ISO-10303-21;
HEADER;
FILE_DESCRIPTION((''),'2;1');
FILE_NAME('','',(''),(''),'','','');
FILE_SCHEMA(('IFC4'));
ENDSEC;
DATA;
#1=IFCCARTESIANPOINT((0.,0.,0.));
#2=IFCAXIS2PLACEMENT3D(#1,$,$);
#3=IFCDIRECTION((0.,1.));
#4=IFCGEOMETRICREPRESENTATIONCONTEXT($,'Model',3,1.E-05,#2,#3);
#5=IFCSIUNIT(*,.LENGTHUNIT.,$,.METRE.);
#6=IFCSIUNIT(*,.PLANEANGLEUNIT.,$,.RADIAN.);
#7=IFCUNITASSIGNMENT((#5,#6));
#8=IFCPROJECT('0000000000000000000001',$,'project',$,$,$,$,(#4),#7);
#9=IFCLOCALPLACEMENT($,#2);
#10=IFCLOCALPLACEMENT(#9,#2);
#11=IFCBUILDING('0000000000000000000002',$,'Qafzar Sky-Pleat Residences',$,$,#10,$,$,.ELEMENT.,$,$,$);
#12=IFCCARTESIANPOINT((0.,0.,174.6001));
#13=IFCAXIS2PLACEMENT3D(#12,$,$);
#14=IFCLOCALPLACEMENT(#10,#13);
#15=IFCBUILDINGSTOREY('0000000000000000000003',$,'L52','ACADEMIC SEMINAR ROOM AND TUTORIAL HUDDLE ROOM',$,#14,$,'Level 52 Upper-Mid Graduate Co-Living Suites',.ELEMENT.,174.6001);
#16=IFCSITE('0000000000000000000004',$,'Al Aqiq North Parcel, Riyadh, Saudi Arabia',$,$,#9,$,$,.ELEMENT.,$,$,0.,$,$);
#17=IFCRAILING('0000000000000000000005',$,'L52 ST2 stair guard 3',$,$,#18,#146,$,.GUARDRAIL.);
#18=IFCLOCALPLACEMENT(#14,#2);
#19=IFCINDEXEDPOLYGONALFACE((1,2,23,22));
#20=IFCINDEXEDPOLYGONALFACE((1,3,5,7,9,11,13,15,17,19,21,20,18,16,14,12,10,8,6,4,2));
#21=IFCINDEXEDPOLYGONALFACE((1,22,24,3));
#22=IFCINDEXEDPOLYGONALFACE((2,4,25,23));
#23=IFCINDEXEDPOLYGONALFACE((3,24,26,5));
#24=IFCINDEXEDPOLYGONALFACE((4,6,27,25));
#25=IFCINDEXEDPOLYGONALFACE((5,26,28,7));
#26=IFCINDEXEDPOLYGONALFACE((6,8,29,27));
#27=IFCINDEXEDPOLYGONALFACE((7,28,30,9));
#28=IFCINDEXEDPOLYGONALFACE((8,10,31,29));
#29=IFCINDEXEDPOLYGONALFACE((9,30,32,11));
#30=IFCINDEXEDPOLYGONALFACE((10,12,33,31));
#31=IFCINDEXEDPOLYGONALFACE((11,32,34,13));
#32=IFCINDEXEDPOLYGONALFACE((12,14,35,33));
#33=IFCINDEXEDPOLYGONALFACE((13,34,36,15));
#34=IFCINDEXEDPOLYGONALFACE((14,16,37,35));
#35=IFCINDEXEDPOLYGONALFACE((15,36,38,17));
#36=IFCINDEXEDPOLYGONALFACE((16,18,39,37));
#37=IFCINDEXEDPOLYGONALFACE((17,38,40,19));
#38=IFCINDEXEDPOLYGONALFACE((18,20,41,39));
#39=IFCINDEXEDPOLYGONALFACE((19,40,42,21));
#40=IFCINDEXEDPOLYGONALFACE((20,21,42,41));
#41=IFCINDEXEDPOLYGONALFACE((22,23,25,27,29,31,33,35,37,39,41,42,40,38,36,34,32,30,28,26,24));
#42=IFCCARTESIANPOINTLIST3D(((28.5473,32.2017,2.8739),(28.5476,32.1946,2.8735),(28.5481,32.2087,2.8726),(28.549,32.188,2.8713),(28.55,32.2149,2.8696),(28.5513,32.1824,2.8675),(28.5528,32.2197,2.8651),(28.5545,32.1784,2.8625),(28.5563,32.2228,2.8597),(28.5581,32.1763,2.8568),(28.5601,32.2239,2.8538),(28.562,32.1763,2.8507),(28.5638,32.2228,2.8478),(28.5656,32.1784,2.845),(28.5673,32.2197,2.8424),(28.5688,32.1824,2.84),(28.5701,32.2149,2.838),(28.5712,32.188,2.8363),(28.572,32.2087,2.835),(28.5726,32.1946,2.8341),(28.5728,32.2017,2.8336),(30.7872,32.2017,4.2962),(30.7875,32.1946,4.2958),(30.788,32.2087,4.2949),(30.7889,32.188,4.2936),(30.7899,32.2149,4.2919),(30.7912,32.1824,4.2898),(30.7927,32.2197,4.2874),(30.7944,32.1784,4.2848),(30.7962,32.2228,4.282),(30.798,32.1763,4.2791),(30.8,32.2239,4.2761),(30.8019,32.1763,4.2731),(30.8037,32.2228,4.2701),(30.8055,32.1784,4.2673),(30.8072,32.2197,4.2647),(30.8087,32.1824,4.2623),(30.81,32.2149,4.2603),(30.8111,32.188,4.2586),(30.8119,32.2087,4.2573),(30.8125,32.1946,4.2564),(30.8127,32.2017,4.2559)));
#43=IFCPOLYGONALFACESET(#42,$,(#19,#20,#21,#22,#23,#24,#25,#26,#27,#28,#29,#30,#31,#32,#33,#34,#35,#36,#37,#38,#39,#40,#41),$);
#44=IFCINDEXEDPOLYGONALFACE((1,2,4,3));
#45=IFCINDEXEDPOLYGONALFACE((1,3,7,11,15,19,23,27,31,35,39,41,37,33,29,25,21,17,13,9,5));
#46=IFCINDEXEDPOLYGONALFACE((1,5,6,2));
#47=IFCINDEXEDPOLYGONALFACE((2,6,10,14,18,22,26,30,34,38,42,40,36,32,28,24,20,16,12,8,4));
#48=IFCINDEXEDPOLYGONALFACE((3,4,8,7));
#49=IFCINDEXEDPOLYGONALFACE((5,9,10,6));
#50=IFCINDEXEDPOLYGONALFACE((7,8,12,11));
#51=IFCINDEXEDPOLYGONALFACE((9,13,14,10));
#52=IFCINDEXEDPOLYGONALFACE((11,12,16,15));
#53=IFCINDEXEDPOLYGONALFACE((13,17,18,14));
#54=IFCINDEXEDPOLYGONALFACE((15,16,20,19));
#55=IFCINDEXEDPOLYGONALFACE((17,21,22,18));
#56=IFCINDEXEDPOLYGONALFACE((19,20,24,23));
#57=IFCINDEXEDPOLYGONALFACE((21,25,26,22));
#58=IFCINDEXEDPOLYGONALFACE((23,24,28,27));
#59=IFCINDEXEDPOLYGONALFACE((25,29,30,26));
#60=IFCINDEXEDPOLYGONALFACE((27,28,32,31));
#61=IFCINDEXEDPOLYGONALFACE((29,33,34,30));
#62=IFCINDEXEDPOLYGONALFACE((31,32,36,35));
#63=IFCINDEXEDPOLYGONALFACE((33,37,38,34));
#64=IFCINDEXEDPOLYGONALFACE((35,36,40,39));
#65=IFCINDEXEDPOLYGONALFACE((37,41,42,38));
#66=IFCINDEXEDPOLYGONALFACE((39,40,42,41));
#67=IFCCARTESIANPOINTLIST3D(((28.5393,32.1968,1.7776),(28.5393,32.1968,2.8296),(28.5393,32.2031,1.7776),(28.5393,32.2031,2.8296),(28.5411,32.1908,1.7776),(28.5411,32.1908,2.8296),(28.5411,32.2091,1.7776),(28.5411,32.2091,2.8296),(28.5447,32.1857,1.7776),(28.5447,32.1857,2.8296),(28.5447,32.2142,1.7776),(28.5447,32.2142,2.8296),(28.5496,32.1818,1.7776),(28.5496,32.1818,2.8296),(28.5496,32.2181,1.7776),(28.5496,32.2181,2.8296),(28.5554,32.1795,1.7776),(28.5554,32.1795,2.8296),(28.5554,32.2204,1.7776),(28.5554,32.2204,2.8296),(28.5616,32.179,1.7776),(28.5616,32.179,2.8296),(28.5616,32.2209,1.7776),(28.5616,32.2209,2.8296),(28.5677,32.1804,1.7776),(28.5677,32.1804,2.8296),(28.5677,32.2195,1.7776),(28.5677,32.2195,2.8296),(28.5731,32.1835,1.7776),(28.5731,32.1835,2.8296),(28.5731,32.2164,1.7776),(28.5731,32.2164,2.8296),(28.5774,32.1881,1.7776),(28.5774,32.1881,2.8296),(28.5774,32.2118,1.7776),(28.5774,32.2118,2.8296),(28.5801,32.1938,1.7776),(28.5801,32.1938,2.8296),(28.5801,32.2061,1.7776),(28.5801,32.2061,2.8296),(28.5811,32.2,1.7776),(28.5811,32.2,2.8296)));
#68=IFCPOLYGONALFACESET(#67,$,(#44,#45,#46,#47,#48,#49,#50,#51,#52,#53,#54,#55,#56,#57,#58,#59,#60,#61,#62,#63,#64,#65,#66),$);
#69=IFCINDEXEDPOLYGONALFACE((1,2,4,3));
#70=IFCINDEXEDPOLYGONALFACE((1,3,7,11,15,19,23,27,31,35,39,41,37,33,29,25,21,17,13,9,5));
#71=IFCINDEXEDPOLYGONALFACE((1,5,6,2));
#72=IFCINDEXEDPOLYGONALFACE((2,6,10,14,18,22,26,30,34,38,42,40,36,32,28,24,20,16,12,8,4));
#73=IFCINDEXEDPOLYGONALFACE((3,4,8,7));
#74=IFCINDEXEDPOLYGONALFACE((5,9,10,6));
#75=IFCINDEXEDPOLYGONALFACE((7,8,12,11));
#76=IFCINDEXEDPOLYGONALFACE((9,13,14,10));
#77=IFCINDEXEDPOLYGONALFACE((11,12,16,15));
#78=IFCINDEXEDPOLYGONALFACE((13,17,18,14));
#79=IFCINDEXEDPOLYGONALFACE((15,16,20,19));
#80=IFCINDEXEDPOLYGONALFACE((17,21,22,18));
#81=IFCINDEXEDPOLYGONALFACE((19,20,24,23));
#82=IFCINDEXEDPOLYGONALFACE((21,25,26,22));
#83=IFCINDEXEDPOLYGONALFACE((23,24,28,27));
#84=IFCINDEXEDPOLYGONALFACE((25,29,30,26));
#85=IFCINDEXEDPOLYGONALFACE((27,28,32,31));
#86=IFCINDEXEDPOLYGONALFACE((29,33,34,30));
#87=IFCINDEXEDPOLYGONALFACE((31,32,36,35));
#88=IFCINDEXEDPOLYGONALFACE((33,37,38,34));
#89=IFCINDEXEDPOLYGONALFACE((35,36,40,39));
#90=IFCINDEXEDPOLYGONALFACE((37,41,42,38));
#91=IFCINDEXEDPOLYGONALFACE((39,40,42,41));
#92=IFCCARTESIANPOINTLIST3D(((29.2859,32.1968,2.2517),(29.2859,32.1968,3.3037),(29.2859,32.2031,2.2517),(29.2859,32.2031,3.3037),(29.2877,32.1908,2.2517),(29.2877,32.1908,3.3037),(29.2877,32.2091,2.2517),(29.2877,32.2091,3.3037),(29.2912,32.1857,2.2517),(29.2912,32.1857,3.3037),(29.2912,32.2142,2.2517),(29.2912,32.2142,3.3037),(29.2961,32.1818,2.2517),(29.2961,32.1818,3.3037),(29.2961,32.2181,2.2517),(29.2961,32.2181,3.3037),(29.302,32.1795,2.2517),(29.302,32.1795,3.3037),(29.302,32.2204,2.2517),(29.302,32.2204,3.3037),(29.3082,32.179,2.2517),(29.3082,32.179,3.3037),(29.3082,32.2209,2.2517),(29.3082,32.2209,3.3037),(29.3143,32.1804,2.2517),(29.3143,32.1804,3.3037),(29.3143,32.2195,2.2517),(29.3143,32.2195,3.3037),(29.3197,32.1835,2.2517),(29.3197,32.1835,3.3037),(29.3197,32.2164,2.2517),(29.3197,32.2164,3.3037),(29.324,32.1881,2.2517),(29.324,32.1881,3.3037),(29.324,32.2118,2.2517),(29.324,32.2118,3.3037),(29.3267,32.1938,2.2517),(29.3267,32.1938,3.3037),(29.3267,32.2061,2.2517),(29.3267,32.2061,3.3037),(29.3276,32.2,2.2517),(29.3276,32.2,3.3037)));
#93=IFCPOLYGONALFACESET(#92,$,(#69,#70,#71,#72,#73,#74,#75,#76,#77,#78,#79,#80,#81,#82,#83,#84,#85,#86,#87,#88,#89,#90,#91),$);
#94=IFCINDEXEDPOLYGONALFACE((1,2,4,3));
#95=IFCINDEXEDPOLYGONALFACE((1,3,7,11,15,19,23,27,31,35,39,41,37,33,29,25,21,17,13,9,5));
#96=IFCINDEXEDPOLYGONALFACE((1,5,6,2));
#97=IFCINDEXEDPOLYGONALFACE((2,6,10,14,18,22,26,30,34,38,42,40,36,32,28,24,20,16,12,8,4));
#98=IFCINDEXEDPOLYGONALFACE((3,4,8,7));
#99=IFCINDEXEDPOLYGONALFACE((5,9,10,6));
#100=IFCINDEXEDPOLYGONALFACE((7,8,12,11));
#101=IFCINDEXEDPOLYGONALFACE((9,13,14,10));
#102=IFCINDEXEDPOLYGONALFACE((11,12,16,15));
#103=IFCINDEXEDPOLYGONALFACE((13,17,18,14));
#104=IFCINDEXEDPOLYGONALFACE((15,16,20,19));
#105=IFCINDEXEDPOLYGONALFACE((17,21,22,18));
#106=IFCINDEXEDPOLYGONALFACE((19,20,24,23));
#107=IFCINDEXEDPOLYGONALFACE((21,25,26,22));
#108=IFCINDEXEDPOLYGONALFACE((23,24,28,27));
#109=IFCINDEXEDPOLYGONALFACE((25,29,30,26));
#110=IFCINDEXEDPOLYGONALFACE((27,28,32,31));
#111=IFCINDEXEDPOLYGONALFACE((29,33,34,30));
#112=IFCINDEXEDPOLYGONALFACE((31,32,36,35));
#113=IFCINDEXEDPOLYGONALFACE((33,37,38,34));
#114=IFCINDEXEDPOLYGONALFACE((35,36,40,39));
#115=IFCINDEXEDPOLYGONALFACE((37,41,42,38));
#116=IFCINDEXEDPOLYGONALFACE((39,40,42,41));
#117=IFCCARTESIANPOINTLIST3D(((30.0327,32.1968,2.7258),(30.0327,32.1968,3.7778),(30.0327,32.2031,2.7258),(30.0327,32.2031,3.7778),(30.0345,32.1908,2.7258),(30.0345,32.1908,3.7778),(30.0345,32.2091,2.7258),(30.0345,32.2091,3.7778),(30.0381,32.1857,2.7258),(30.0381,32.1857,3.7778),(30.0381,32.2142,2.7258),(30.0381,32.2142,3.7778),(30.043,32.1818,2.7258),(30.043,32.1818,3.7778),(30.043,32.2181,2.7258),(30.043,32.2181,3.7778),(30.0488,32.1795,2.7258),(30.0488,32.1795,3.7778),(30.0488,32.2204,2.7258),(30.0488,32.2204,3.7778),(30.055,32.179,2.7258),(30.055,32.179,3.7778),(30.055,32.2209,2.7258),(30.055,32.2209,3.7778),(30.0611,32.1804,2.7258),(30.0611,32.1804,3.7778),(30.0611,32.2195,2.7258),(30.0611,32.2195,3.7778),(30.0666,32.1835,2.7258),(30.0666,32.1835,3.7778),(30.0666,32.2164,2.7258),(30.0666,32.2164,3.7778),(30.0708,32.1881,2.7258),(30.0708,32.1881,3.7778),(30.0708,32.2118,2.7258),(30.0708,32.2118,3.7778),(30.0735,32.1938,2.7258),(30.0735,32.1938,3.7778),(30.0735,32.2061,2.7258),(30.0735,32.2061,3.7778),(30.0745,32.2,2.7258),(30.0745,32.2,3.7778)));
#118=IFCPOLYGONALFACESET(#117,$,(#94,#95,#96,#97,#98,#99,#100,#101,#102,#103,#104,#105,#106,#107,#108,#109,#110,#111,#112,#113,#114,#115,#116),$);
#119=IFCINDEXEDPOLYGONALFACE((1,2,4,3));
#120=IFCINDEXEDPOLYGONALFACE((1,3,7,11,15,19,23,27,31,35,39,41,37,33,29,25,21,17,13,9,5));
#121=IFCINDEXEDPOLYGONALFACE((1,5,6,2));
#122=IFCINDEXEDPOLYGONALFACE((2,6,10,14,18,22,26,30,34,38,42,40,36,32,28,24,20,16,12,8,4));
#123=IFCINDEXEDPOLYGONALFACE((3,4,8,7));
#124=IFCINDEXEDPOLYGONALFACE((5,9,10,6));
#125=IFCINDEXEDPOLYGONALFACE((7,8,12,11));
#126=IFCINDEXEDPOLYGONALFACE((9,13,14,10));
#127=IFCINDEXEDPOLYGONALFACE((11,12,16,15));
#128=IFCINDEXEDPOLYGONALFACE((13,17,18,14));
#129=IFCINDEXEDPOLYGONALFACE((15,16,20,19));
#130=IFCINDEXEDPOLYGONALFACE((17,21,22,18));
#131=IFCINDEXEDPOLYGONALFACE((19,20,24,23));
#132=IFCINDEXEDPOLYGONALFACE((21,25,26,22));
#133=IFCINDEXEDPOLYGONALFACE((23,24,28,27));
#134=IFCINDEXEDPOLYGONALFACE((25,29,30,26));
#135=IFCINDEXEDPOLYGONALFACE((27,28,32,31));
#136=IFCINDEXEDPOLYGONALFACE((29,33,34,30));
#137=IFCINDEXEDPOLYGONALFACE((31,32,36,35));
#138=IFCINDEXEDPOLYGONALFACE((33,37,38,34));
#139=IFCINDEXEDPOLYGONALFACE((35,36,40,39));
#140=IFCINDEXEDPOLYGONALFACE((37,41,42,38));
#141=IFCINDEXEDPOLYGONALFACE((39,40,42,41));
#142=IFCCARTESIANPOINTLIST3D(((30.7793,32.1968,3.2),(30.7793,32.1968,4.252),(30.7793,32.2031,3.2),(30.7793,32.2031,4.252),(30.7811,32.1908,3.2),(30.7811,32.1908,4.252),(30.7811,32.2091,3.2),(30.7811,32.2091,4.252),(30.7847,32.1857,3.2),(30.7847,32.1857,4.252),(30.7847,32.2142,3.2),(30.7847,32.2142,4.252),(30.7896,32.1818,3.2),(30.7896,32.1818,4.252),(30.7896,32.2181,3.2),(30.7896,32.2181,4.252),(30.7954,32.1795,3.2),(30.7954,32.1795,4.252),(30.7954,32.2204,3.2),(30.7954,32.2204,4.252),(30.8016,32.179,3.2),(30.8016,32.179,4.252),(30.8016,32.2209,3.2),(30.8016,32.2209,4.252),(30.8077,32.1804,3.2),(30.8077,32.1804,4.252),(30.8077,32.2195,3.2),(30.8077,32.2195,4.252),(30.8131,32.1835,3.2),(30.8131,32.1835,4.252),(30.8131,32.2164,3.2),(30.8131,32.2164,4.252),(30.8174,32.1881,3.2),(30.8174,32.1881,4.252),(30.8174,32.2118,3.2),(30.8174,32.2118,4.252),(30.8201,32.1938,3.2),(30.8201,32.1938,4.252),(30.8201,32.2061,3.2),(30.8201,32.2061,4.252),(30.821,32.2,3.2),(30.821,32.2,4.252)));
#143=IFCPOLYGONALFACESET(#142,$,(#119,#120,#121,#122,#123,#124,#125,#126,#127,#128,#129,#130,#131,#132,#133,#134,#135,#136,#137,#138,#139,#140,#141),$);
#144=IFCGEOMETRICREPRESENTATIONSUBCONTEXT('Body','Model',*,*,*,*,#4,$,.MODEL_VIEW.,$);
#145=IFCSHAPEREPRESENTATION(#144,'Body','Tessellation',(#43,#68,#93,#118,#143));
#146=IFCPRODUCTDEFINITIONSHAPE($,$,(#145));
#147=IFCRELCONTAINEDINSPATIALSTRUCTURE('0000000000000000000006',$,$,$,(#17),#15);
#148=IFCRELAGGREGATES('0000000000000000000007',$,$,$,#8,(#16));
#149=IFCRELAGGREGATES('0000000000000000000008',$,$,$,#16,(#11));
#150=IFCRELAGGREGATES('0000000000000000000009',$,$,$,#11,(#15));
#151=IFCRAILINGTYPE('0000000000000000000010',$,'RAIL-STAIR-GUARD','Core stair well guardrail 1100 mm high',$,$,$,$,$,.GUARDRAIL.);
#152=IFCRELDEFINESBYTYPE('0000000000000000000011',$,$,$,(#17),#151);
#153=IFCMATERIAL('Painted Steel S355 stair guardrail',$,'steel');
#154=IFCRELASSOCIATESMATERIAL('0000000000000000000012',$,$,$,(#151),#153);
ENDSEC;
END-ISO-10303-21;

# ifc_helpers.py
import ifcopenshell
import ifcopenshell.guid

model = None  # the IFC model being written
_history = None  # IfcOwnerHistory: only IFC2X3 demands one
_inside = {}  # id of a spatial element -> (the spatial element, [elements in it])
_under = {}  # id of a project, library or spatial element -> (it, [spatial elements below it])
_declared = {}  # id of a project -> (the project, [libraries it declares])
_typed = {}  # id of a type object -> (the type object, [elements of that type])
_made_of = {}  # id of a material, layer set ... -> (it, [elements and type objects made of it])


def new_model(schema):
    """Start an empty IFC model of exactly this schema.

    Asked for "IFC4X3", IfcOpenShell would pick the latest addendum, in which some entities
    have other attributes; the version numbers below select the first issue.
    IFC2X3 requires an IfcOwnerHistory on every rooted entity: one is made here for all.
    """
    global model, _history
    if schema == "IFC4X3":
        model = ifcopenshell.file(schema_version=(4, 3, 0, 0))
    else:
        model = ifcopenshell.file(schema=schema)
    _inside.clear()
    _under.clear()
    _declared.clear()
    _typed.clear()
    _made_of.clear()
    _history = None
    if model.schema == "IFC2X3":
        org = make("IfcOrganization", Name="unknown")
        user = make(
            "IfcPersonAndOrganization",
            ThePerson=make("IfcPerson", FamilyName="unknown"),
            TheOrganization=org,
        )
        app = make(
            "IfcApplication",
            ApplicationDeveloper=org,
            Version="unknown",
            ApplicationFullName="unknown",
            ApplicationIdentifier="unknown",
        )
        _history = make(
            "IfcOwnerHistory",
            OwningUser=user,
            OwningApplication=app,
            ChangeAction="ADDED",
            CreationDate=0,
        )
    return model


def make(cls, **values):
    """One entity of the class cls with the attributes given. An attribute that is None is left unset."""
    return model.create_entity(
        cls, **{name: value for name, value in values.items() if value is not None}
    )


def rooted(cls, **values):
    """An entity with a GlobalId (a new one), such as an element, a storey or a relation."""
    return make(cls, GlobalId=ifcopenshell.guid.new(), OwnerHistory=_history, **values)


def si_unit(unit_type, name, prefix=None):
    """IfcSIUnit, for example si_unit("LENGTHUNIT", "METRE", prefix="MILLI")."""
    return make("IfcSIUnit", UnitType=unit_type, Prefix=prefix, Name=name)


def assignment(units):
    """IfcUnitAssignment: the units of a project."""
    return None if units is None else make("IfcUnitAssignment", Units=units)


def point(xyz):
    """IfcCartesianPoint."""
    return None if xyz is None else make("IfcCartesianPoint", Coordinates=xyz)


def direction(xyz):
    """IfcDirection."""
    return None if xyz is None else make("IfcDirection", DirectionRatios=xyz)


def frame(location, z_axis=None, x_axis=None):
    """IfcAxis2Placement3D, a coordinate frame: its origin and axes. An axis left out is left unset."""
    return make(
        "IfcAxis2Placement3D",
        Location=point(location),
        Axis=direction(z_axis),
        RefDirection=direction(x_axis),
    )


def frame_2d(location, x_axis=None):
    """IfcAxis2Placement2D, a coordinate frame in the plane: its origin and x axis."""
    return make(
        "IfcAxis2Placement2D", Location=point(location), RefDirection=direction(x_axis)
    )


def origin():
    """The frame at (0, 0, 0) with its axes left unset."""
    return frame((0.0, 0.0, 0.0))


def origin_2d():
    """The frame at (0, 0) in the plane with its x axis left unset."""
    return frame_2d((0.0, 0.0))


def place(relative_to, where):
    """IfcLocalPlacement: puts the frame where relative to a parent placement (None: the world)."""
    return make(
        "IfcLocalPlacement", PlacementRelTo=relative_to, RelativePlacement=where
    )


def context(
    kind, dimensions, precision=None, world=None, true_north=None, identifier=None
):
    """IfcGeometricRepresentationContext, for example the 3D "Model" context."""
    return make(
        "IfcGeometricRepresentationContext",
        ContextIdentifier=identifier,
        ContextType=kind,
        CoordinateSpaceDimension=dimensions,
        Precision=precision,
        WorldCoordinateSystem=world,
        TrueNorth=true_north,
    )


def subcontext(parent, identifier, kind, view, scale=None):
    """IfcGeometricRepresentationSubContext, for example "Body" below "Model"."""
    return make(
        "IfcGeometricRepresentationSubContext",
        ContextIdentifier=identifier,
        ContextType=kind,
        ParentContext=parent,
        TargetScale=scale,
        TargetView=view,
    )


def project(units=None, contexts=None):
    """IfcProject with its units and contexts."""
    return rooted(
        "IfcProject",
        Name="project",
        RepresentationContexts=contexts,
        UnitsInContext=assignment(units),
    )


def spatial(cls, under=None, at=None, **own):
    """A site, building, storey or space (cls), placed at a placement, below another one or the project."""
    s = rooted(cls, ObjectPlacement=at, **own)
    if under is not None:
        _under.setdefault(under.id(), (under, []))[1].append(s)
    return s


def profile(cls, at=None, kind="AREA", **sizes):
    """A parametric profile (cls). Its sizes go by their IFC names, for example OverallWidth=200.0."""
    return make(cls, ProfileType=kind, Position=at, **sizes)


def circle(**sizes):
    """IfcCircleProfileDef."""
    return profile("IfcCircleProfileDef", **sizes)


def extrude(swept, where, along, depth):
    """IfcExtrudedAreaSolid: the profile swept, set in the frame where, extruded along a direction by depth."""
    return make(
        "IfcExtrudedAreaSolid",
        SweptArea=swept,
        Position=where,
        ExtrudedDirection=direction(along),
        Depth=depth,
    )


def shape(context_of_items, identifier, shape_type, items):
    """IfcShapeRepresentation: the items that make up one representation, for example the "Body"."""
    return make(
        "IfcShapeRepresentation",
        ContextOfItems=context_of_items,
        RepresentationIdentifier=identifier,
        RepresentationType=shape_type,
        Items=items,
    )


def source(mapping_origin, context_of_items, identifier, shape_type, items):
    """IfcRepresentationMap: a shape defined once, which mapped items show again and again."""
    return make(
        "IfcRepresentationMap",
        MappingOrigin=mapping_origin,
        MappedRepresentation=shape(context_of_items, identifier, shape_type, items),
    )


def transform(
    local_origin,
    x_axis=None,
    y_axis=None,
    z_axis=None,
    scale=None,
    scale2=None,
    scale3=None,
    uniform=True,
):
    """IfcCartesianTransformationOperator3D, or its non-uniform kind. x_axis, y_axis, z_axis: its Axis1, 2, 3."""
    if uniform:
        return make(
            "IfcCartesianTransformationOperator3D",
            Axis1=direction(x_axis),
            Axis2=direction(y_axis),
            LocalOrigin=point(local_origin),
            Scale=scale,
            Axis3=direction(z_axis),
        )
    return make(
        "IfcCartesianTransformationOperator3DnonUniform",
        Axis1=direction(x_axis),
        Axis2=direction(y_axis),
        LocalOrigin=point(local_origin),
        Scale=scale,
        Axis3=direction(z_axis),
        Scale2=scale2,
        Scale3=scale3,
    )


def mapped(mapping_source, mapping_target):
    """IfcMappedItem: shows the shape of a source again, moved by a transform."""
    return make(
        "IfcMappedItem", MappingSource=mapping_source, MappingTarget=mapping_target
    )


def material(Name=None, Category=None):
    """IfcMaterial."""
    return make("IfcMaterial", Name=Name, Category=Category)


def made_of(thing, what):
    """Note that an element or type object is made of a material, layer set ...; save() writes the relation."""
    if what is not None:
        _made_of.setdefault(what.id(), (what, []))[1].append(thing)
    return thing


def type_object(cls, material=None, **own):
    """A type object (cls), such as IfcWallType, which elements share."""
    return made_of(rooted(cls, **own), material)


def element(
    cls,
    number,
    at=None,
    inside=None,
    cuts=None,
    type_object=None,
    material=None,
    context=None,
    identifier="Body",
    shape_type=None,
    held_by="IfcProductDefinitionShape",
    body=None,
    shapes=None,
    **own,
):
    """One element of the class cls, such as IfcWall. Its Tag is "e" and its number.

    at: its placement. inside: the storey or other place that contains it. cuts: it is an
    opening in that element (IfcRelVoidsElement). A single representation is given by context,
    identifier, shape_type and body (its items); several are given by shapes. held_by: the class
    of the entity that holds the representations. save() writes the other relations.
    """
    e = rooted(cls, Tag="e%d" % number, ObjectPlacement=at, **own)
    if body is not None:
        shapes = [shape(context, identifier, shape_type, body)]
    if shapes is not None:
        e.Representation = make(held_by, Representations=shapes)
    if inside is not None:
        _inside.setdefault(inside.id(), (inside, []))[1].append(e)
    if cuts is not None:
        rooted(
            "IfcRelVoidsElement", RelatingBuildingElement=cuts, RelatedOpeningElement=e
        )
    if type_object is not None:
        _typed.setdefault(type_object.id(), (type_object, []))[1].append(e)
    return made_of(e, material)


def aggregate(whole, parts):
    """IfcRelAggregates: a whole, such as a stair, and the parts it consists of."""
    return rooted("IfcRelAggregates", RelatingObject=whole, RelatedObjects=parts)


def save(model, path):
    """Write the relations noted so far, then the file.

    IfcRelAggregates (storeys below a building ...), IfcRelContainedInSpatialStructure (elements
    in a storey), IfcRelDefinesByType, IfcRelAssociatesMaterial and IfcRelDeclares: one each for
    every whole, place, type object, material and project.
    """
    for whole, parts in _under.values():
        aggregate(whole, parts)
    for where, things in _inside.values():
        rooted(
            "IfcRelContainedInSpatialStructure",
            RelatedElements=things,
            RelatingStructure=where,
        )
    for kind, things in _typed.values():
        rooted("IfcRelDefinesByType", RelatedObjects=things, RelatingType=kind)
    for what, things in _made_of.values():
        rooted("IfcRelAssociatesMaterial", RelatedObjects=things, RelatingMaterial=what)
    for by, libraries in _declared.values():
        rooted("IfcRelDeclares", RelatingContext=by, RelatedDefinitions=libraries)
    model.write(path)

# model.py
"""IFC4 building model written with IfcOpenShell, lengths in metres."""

from ifc_helpers import new_model, si_unit, direction, frame, origin, origin_2d, place, context, subcontext, project, spatial, circle, extrude, source, transform, mapped, material, type_object, element, save


model = new_model("IFC4")

# Units and contexts
model_context = context("Model", 3, precision=1e-05, world=origin(), true_north=direction((0.0, 1.0)))
body_context = subcontext(model_context, "Body", "Model", "MODEL_VIEW")
ifc_project = project(units=[si_unit("LENGTHUNIT", "METRE"), si_unit("PLANEANGLEUNIT", "RADIAN")], contexts=[model_context])

# Site, building, storey
site_placement = place(None, origin())
site = spatial("IfcSite", under=ifc_project, at=site_placement, Name="Al Aqiq North Parcel, Riyadh, Saudi Arabia", CompositionType="ELEMENT", RefElevation=0.0)
building_placement = place(site_placement, origin())
building = spatial("IfcBuilding", under=site, at=building_placement, Name="Qafzar Sky-Pleat Residences", CompositionType="ELEMENT")
storey_placement = place(building_placement, frame((0.0, 0.0, 174.6001)))
storey = spatial("IfcBuildingStorey", under=building, at=storey_placement, Name="L52", Description="ACADEMIC SEMINAR ROOM AND TUTORIAL HUDDLE ROOM", LongName="Level 52 Upper-Mid Graduate Co-Living Suites", CompositionType="ELEMENT", Elevation=174.6001)

# Railing
ifc_material_1 = material(Name="Painted Steel S355 stair guardrail", Category="steel")
railing_type_1 = type_object("IfcRailingType", Name="RAIL-STAIR-GUARD", Description="Core stair well guardrail 1100 mm high", PredefinedType="GUARDRAIL", material=ifc_material_1)
shared_shape_1 = source(origin(), body_context, "Body", "SweptSolid", [
    extrude(circle(Radius=0.0239, at=origin_2d()), frame((0.0, 0.0, 1.0762), z_axis=(0.844188, 0.0, 0.536048), x_axis=(0.0, 1.0, 0.0)), (0.0, 0.0, 1.0), 2.6533),
    extrude(circle(Radius=0.021, at=origin_2d()), origin(), (0.0, 0.0, 1.0), 1.052),
    extrude(circle(Radius=0.021, at=origin_2d()), frame((0.7466, 0.0, 0.4741)), (0.0, 0.0, 1.0), 1.052),
    extrude(circle(Radius=0.021, at=origin_2d()), frame((1.4934, 0.0, 0.9482)), (0.0, 0.0, 1.0), 1.052),
    extrude(circle(Radius=0.021, at=origin_2d()), frame((2.24, 0.0, 1.4224)), (0.0, 0.0, 1.0), 1.052),
])
railing_1_placement = place(storey_placement, frame((28.5601, 32.2, 1.7776)))
element("IfcRailing", 1, at=railing_1_placement, inside=storey, type_object=railing_type_1, Name="L52 ST2 stair guard 3", PredefinedType="GUARDRAIL", context=body_context, shape_type="MappedRepresentation", body=[
    mapped(shared_shape_1, transform((0.0, 0.0, 0.0), x_axis=(1.0, 0.0, 0.0), y_axis=(0.0, 1.0, 0.0), z_axis=(0.0, 0.0, 1.0), scale=1.0)),
])

save(model, "model.ifc")
